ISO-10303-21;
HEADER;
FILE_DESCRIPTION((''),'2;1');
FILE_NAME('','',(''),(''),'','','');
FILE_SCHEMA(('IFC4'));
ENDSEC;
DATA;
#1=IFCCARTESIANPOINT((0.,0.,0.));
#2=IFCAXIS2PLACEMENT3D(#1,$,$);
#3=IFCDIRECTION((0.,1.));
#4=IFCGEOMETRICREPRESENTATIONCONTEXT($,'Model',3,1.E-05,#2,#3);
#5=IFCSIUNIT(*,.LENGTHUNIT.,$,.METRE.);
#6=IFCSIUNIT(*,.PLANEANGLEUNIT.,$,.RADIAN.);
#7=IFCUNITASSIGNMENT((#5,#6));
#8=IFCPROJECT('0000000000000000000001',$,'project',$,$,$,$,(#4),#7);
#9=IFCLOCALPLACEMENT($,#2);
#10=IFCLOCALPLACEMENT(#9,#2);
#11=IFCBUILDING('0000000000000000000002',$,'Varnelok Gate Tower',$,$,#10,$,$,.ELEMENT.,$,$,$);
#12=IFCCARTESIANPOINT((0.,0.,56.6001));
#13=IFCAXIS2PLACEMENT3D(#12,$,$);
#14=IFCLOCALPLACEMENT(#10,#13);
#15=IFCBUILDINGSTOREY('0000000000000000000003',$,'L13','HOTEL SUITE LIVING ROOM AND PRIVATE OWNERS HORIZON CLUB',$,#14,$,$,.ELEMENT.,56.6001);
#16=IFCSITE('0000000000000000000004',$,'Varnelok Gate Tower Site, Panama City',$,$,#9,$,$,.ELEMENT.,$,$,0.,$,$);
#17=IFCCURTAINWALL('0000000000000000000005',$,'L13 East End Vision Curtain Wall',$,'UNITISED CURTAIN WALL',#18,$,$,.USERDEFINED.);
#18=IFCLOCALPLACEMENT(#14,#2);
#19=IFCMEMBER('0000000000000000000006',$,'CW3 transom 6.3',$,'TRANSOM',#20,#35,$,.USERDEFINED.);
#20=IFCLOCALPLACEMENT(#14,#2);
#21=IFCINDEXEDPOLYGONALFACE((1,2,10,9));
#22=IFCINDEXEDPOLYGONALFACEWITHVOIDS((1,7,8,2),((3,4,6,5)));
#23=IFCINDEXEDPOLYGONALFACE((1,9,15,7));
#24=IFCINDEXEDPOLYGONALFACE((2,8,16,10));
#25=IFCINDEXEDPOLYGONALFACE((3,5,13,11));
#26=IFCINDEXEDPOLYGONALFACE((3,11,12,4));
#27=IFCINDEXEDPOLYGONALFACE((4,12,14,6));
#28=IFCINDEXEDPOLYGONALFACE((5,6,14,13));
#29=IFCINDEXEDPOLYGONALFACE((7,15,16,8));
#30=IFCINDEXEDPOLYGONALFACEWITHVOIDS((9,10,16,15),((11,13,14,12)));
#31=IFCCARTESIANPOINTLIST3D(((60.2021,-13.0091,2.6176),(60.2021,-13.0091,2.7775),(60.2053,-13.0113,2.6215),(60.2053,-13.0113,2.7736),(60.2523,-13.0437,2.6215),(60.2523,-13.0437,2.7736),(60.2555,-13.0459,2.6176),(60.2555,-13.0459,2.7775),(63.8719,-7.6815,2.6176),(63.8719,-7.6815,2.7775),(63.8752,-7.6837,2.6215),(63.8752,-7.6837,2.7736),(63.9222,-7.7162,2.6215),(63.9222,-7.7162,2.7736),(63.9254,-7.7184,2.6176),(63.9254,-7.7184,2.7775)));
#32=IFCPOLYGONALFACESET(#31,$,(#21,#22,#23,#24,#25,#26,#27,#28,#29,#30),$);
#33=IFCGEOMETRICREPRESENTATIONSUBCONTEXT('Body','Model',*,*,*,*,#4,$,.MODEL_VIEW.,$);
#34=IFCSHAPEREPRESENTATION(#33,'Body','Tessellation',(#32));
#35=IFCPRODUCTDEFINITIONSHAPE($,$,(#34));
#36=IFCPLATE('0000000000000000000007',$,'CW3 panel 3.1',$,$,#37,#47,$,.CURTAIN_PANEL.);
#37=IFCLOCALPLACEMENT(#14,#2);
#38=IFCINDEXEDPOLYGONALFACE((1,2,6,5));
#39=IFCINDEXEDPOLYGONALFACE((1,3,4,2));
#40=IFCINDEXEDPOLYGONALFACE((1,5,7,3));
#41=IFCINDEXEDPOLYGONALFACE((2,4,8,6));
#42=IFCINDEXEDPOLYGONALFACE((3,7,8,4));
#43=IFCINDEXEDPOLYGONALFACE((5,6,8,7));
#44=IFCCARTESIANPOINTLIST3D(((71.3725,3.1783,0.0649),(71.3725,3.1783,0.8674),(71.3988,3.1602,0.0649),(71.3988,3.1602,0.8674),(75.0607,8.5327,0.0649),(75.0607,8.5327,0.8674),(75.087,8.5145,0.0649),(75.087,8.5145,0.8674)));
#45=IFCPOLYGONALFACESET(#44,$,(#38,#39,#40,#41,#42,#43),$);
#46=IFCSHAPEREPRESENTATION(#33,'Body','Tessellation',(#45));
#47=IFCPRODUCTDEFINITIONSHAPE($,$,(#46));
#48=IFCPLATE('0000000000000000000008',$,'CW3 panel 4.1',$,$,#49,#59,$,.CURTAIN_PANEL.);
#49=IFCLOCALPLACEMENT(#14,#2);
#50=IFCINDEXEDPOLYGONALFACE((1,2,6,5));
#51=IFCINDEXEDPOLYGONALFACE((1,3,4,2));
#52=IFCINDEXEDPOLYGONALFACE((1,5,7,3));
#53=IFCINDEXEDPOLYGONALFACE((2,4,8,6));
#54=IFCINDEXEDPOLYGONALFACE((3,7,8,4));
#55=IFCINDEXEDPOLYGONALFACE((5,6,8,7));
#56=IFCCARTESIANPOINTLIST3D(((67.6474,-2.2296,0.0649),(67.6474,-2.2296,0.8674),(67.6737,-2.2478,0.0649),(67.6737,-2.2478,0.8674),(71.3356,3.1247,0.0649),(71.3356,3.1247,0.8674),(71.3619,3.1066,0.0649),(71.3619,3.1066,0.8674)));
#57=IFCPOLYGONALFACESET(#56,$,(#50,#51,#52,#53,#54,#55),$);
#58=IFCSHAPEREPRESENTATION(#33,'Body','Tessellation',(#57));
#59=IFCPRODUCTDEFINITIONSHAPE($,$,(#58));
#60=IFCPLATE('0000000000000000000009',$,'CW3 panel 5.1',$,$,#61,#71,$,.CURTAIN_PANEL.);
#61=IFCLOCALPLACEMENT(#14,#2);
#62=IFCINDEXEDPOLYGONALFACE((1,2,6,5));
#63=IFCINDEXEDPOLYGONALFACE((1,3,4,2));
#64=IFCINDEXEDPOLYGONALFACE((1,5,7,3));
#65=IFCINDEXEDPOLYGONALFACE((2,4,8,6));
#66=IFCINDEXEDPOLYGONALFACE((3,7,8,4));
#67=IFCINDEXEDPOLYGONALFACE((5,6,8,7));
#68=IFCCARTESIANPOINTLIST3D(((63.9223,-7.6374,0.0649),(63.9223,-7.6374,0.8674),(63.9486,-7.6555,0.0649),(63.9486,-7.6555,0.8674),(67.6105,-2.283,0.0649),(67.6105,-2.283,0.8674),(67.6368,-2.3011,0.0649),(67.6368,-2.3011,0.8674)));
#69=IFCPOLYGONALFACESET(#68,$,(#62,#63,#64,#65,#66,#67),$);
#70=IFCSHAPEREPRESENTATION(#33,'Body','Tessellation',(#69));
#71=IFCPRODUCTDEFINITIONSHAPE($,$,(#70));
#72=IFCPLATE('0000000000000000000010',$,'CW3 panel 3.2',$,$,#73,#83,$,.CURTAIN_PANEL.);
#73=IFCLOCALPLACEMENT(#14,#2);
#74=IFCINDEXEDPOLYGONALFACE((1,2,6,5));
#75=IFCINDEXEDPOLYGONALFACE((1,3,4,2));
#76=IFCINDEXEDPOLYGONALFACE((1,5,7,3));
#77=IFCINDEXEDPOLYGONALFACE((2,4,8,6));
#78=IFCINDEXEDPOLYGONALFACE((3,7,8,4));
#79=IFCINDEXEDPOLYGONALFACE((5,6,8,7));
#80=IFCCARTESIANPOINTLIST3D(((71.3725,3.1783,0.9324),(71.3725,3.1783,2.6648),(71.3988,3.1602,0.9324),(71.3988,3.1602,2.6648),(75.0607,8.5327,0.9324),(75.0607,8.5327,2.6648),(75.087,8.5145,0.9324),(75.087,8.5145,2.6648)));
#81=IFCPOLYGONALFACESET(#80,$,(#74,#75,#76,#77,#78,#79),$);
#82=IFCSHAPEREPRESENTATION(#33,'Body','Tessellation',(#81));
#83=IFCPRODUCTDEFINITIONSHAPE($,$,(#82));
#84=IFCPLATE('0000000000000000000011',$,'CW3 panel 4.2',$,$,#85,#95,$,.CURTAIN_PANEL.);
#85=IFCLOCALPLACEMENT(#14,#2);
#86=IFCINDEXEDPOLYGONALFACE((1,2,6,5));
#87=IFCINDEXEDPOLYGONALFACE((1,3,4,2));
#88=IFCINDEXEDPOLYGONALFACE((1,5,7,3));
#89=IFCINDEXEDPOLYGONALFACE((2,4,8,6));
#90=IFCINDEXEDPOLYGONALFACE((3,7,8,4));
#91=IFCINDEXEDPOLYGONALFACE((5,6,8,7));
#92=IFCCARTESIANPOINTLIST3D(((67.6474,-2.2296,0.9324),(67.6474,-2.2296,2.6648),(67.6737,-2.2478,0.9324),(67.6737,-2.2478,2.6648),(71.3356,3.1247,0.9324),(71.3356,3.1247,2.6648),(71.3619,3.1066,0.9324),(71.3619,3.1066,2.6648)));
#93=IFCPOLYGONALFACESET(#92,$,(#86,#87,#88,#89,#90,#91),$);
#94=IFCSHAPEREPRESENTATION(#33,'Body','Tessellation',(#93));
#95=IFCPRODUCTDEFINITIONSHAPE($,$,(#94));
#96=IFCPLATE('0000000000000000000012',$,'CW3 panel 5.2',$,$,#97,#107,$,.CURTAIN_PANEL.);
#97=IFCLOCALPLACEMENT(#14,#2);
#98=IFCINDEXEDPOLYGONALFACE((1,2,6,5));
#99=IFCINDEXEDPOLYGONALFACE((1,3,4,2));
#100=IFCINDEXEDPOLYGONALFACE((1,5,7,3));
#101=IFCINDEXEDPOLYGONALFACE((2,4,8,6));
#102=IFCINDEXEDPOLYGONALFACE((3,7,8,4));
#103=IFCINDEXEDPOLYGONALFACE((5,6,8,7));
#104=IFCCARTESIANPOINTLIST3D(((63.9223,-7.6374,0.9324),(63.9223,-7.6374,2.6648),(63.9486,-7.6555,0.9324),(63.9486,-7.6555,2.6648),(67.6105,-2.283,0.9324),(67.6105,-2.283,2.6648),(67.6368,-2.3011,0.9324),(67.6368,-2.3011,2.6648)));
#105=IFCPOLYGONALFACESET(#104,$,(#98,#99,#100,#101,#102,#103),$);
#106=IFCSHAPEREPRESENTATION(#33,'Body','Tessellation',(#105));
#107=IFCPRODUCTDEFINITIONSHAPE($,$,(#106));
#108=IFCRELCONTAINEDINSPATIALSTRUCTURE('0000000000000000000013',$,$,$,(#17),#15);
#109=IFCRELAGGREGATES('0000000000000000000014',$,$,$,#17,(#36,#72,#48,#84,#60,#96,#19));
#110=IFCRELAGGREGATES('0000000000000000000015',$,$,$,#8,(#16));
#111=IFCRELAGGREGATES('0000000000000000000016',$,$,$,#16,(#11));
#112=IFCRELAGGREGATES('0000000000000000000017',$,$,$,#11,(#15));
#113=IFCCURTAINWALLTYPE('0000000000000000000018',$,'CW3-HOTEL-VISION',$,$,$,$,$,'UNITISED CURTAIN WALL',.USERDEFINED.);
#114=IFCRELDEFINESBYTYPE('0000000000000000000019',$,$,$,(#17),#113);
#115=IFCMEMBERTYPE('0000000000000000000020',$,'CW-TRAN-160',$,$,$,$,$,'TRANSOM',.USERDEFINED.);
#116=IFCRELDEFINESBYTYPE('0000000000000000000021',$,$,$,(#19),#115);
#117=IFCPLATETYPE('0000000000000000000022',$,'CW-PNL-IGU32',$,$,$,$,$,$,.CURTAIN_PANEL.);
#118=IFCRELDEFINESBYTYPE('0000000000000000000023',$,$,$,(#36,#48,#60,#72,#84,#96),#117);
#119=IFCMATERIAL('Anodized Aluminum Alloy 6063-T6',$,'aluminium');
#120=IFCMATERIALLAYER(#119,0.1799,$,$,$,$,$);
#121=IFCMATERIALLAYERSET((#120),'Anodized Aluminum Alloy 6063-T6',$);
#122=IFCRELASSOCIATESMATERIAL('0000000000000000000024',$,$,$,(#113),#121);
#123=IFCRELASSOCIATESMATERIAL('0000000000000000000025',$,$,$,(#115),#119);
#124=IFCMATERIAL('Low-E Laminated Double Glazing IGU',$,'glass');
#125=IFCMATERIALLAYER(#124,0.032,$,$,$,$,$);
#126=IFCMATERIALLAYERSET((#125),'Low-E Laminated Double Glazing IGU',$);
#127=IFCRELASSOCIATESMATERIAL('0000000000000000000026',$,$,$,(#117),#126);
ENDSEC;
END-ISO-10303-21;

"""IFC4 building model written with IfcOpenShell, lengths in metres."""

from ifc_helpers import new_model, si_unit, direction, frame, origin, origin_2d, place, context, subcontext, project, spatial, rectangle, hollow_rectangle, extrude, source, transform, mapped, material, layer, layer_set, material_profile, profile_set, type_object, element, aggregate, save


model = new_model("IFC4")

# Units and contexts
model_context = context("Model", 3, precision=1e-05, world=origin(), true_north=direction((0.0, 1.0)))
body_context = subcontext(model_context, "Body", "Model", "MODEL_VIEW")
ifc_project = project(units=[si_unit("LENGTHUNIT", "METRE"), si_unit("PLANEANGLEUNIT", "RADIAN")], contexts=[model_context])

# Site, building, storey
site_placement = place(None, origin())
site = spatial("IfcSite", under=ifc_project, at=site_placement, Name="Varnelok Gate Tower Site, Panama City", CompositionType="ELEMENT", RefElevation=0.0)
building_placement = place(site_placement, origin())
building = spatial("IfcBuilding", under=site, at=building_placement, Name="Varnelok Gate Tower", CompositionType="ELEMENT")
storey_placement = place(building_placement, frame((0.0, 0.0, 56.6001)))
storey = spatial("IfcBuildingStorey", under=building, at=storey_placement, Name="L13", Description="HOTEL SUITE LIVING ROOM AND PRIVATE OWNERS HORIZON CLUB", CompositionType="ELEMENT", Elevation=56.6001)

# Curtain wall, member, plates
ifc_material_1 = material(Name="Anodized Aluminum Alloy 6063-T6", Category="aluminium")
ifc_layer_1 = layer(ifc_material_1, 0.1799)
ifc_layer_set_1 = layer_set([ifc_layer_1], Name="Anodized Aluminum Alloy 6063-T6")
curtain_wall_type = type_object("IfcCurtainWallType", Name="CW3-HOTEL-VISION", ElementType="UNITISED CURTAIN WALL", PredefinedType="USERDEFINED", material=ifc_layer_set_1)
curtain_wall_placement = place(storey_placement, origin())
curtain_wall = element("IfcCurtainWall", 1, at=curtain_wall_placement, inside=storey, type_object=curtain_wall_type, Name="L13 East End Vision Curtain Wall", ObjectType="UNITISED CURTAIN WALL", PredefinedType="USERDEFINED")
ifc_material_profile_1 = material_profile(ifc_material_1, hollow_rectangle(XDim=0.0649, YDim=0.1599, WallThickness=0.0039, at=origin_2d()), Name="ALU160X65X4")
ifc_profile_set_1 = profile_set([ifc_material_profile_1], Name="Anodized Aluminum Alloy 6063-T6")
member_type_1 = type_object("IfcMemberType", Name="CW-TRAN-160", ElementType="TRANSOM", PredefinedType="USERDEFINED", material=ifc_profile_set_1)
member_1_placement = place(storey_placement, frame((63.8987, -7.7, 2.6975), z_axis=(-0.567281, -0.823524, 0.0), x_axis=(0.823524, -0.567281, 0.0)))
member_1 = element("IfcMember", 2, at=member_1_placement, type_object=member_type_1, Name="CW3 transom 6.3", ObjectType="TRANSOM", PredefinedType="USERDEFINED", context=body_context, shape_type="SweptSolid", body=[
    extrude(hollow_rectangle(XDim=0.0649, YDim=0.1599, WallThickness=0.0039, at=origin_2d()), origin(), (0.0, 0.0, 1.0), 6.4692),
])
ifc_material_2 = material(Name="Low-E Laminated Double Glazing IGU", Category="glass")
ifc_layer_2 = layer(ifc_material_2, 0.032)
ifc_layer_set_2 = layer_set([ifc_layer_2], Name="Low-E Laminated Double Glazing IGU")
plate_type = type_object("IfcPlateType", Name="CW-PNL-IGU32", PredefinedType="CURTAIN_PANEL", material=ifc_layer_set_2)
shared_shape_1 = source(origin(), body_context, "Body", "SweptSolid", [
    extrude(rectangle(XDim=6.5017, YDim=0.032, at=origin_2d()), origin(), (0.0, 0.0, 1.0), 0.8025),
])
plate_1_placement = place(storey_placement, frame((73.2297, 5.8464, 0.0649), z_axis=(0.0, 0.0, 1.0), x_axis=(-0.567269, -0.823533, 0.0)))
plate_1 = element("IfcPlate", 3, at=plate_1_placement, type_object=plate_type, Name="CW3 panel 3.1", PredefinedType="CURTAIN_PANEL", context=body_context, shape_type="MappedRepresentation", body=[
    mapped(shared_shape_1, transform((0.0, 0.0, 0.0), scale=1.0)),
])
plate_2_placement = place(storey_placement, frame((69.5046, 0.4385, 0.0649), z_axis=(0.0, 0.0, 1.0), x_axis=(-0.567269, -0.823533, 0.0)))
plate_2 = element("IfcPlate", 4, at=plate_2_placement, type_object=plate_type, Name="CW3 panel 4.1", PredefinedType="CURTAIN_PANEL", context=body_context, shape_type="MappedRepresentation", body=[
    mapped(shared_shape_1, transform((0.0, 0.0, 0.0), scale=1.0)),
])
plate_3_placement = place(storey_placement, frame((65.7795, -4.9692, 0.0649), z_axis=(0.0, 0.0, 1.0), x_axis=(-0.567269, -0.823533, 0.0)))
plate_3 = element("IfcPlate", 5, at=plate_3_placement, type_object=plate_type, Name="CW3 panel 5.1", PredefinedType="CURTAIN_PANEL", context=body_context, shape_type="MappedRepresentation", body=[
    mapped(shared_shape_1, transform((0.0, 0.0, 0.0), scale=1.0)),
])
shared_shape_2 = source(origin(), body_context, "Body", "SweptSolid", [
    extrude(rectangle(XDim=6.5017, YDim=0.032, at=origin_2d()), origin(), (0.0, 0.0, 1.0), 1.7324),
])
plate_4_placement = place(storey_placement, frame((73.2297, 5.8464, 0.9324), z_axis=(0.0, 0.0, 1.0), x_axis=(-0.567269, -0.823533, 0.0)))
plate_4 = element("IfcPlate", 6, at=plate_4_placement, type_object=plate_type, Name="CW3 panel 3.2", PredefinedType="CURTAIN_PANEL", context=body_context, shape_type="MappedRepresentation", body=[
    mapped(shared_shape_2, transform((0.0, 0.0, 0.0), scale=1.0)),
])
plate_5_placement = place(storey_placement, frame((69.5046, 0.4385, 0.9324), z_axis=(0.0, 0.0, 1.0), x_axis=(-0.567269, -0.823533, 0.0)))
plate_5 = element("IfcPlate", 7, at=plate_5_placement, type_object=plate_type, Name="CW3 panel 4.2", PredefinedType="CURTAIN_PANEL", context=body_context, shape_type="MappedRepresentation", body=[
    mapped(shared_shape_2, transform((0.0, 0.0, 0.0), scale=1.0)),
])
plate_6_placement = place(storey_placement, frame((65.7795, -4.9692, 0.9324), z_axis=(0.0, 0.0, 1.0), x_axis=(-0.567269, -0.823533, 0.0)))
plate_6 = element("IfcPlate", 8, at=plate_6_placement, type_object=plate_type, Name="CW3 panel 5.2", PredefinedType="CURTAIN_PANEL", context=body_context, shape_type="MappedRepresentation", body=[
    mapped(shared_shape_2, transform((0.0, 0.0, 0.0), scale=1.0)),
])
aggregate(curtain_wall, [plate_1, plate_4, plate_2, plate_5, plate_3, plate_6, member_1])

save(model, "model.ifc")
